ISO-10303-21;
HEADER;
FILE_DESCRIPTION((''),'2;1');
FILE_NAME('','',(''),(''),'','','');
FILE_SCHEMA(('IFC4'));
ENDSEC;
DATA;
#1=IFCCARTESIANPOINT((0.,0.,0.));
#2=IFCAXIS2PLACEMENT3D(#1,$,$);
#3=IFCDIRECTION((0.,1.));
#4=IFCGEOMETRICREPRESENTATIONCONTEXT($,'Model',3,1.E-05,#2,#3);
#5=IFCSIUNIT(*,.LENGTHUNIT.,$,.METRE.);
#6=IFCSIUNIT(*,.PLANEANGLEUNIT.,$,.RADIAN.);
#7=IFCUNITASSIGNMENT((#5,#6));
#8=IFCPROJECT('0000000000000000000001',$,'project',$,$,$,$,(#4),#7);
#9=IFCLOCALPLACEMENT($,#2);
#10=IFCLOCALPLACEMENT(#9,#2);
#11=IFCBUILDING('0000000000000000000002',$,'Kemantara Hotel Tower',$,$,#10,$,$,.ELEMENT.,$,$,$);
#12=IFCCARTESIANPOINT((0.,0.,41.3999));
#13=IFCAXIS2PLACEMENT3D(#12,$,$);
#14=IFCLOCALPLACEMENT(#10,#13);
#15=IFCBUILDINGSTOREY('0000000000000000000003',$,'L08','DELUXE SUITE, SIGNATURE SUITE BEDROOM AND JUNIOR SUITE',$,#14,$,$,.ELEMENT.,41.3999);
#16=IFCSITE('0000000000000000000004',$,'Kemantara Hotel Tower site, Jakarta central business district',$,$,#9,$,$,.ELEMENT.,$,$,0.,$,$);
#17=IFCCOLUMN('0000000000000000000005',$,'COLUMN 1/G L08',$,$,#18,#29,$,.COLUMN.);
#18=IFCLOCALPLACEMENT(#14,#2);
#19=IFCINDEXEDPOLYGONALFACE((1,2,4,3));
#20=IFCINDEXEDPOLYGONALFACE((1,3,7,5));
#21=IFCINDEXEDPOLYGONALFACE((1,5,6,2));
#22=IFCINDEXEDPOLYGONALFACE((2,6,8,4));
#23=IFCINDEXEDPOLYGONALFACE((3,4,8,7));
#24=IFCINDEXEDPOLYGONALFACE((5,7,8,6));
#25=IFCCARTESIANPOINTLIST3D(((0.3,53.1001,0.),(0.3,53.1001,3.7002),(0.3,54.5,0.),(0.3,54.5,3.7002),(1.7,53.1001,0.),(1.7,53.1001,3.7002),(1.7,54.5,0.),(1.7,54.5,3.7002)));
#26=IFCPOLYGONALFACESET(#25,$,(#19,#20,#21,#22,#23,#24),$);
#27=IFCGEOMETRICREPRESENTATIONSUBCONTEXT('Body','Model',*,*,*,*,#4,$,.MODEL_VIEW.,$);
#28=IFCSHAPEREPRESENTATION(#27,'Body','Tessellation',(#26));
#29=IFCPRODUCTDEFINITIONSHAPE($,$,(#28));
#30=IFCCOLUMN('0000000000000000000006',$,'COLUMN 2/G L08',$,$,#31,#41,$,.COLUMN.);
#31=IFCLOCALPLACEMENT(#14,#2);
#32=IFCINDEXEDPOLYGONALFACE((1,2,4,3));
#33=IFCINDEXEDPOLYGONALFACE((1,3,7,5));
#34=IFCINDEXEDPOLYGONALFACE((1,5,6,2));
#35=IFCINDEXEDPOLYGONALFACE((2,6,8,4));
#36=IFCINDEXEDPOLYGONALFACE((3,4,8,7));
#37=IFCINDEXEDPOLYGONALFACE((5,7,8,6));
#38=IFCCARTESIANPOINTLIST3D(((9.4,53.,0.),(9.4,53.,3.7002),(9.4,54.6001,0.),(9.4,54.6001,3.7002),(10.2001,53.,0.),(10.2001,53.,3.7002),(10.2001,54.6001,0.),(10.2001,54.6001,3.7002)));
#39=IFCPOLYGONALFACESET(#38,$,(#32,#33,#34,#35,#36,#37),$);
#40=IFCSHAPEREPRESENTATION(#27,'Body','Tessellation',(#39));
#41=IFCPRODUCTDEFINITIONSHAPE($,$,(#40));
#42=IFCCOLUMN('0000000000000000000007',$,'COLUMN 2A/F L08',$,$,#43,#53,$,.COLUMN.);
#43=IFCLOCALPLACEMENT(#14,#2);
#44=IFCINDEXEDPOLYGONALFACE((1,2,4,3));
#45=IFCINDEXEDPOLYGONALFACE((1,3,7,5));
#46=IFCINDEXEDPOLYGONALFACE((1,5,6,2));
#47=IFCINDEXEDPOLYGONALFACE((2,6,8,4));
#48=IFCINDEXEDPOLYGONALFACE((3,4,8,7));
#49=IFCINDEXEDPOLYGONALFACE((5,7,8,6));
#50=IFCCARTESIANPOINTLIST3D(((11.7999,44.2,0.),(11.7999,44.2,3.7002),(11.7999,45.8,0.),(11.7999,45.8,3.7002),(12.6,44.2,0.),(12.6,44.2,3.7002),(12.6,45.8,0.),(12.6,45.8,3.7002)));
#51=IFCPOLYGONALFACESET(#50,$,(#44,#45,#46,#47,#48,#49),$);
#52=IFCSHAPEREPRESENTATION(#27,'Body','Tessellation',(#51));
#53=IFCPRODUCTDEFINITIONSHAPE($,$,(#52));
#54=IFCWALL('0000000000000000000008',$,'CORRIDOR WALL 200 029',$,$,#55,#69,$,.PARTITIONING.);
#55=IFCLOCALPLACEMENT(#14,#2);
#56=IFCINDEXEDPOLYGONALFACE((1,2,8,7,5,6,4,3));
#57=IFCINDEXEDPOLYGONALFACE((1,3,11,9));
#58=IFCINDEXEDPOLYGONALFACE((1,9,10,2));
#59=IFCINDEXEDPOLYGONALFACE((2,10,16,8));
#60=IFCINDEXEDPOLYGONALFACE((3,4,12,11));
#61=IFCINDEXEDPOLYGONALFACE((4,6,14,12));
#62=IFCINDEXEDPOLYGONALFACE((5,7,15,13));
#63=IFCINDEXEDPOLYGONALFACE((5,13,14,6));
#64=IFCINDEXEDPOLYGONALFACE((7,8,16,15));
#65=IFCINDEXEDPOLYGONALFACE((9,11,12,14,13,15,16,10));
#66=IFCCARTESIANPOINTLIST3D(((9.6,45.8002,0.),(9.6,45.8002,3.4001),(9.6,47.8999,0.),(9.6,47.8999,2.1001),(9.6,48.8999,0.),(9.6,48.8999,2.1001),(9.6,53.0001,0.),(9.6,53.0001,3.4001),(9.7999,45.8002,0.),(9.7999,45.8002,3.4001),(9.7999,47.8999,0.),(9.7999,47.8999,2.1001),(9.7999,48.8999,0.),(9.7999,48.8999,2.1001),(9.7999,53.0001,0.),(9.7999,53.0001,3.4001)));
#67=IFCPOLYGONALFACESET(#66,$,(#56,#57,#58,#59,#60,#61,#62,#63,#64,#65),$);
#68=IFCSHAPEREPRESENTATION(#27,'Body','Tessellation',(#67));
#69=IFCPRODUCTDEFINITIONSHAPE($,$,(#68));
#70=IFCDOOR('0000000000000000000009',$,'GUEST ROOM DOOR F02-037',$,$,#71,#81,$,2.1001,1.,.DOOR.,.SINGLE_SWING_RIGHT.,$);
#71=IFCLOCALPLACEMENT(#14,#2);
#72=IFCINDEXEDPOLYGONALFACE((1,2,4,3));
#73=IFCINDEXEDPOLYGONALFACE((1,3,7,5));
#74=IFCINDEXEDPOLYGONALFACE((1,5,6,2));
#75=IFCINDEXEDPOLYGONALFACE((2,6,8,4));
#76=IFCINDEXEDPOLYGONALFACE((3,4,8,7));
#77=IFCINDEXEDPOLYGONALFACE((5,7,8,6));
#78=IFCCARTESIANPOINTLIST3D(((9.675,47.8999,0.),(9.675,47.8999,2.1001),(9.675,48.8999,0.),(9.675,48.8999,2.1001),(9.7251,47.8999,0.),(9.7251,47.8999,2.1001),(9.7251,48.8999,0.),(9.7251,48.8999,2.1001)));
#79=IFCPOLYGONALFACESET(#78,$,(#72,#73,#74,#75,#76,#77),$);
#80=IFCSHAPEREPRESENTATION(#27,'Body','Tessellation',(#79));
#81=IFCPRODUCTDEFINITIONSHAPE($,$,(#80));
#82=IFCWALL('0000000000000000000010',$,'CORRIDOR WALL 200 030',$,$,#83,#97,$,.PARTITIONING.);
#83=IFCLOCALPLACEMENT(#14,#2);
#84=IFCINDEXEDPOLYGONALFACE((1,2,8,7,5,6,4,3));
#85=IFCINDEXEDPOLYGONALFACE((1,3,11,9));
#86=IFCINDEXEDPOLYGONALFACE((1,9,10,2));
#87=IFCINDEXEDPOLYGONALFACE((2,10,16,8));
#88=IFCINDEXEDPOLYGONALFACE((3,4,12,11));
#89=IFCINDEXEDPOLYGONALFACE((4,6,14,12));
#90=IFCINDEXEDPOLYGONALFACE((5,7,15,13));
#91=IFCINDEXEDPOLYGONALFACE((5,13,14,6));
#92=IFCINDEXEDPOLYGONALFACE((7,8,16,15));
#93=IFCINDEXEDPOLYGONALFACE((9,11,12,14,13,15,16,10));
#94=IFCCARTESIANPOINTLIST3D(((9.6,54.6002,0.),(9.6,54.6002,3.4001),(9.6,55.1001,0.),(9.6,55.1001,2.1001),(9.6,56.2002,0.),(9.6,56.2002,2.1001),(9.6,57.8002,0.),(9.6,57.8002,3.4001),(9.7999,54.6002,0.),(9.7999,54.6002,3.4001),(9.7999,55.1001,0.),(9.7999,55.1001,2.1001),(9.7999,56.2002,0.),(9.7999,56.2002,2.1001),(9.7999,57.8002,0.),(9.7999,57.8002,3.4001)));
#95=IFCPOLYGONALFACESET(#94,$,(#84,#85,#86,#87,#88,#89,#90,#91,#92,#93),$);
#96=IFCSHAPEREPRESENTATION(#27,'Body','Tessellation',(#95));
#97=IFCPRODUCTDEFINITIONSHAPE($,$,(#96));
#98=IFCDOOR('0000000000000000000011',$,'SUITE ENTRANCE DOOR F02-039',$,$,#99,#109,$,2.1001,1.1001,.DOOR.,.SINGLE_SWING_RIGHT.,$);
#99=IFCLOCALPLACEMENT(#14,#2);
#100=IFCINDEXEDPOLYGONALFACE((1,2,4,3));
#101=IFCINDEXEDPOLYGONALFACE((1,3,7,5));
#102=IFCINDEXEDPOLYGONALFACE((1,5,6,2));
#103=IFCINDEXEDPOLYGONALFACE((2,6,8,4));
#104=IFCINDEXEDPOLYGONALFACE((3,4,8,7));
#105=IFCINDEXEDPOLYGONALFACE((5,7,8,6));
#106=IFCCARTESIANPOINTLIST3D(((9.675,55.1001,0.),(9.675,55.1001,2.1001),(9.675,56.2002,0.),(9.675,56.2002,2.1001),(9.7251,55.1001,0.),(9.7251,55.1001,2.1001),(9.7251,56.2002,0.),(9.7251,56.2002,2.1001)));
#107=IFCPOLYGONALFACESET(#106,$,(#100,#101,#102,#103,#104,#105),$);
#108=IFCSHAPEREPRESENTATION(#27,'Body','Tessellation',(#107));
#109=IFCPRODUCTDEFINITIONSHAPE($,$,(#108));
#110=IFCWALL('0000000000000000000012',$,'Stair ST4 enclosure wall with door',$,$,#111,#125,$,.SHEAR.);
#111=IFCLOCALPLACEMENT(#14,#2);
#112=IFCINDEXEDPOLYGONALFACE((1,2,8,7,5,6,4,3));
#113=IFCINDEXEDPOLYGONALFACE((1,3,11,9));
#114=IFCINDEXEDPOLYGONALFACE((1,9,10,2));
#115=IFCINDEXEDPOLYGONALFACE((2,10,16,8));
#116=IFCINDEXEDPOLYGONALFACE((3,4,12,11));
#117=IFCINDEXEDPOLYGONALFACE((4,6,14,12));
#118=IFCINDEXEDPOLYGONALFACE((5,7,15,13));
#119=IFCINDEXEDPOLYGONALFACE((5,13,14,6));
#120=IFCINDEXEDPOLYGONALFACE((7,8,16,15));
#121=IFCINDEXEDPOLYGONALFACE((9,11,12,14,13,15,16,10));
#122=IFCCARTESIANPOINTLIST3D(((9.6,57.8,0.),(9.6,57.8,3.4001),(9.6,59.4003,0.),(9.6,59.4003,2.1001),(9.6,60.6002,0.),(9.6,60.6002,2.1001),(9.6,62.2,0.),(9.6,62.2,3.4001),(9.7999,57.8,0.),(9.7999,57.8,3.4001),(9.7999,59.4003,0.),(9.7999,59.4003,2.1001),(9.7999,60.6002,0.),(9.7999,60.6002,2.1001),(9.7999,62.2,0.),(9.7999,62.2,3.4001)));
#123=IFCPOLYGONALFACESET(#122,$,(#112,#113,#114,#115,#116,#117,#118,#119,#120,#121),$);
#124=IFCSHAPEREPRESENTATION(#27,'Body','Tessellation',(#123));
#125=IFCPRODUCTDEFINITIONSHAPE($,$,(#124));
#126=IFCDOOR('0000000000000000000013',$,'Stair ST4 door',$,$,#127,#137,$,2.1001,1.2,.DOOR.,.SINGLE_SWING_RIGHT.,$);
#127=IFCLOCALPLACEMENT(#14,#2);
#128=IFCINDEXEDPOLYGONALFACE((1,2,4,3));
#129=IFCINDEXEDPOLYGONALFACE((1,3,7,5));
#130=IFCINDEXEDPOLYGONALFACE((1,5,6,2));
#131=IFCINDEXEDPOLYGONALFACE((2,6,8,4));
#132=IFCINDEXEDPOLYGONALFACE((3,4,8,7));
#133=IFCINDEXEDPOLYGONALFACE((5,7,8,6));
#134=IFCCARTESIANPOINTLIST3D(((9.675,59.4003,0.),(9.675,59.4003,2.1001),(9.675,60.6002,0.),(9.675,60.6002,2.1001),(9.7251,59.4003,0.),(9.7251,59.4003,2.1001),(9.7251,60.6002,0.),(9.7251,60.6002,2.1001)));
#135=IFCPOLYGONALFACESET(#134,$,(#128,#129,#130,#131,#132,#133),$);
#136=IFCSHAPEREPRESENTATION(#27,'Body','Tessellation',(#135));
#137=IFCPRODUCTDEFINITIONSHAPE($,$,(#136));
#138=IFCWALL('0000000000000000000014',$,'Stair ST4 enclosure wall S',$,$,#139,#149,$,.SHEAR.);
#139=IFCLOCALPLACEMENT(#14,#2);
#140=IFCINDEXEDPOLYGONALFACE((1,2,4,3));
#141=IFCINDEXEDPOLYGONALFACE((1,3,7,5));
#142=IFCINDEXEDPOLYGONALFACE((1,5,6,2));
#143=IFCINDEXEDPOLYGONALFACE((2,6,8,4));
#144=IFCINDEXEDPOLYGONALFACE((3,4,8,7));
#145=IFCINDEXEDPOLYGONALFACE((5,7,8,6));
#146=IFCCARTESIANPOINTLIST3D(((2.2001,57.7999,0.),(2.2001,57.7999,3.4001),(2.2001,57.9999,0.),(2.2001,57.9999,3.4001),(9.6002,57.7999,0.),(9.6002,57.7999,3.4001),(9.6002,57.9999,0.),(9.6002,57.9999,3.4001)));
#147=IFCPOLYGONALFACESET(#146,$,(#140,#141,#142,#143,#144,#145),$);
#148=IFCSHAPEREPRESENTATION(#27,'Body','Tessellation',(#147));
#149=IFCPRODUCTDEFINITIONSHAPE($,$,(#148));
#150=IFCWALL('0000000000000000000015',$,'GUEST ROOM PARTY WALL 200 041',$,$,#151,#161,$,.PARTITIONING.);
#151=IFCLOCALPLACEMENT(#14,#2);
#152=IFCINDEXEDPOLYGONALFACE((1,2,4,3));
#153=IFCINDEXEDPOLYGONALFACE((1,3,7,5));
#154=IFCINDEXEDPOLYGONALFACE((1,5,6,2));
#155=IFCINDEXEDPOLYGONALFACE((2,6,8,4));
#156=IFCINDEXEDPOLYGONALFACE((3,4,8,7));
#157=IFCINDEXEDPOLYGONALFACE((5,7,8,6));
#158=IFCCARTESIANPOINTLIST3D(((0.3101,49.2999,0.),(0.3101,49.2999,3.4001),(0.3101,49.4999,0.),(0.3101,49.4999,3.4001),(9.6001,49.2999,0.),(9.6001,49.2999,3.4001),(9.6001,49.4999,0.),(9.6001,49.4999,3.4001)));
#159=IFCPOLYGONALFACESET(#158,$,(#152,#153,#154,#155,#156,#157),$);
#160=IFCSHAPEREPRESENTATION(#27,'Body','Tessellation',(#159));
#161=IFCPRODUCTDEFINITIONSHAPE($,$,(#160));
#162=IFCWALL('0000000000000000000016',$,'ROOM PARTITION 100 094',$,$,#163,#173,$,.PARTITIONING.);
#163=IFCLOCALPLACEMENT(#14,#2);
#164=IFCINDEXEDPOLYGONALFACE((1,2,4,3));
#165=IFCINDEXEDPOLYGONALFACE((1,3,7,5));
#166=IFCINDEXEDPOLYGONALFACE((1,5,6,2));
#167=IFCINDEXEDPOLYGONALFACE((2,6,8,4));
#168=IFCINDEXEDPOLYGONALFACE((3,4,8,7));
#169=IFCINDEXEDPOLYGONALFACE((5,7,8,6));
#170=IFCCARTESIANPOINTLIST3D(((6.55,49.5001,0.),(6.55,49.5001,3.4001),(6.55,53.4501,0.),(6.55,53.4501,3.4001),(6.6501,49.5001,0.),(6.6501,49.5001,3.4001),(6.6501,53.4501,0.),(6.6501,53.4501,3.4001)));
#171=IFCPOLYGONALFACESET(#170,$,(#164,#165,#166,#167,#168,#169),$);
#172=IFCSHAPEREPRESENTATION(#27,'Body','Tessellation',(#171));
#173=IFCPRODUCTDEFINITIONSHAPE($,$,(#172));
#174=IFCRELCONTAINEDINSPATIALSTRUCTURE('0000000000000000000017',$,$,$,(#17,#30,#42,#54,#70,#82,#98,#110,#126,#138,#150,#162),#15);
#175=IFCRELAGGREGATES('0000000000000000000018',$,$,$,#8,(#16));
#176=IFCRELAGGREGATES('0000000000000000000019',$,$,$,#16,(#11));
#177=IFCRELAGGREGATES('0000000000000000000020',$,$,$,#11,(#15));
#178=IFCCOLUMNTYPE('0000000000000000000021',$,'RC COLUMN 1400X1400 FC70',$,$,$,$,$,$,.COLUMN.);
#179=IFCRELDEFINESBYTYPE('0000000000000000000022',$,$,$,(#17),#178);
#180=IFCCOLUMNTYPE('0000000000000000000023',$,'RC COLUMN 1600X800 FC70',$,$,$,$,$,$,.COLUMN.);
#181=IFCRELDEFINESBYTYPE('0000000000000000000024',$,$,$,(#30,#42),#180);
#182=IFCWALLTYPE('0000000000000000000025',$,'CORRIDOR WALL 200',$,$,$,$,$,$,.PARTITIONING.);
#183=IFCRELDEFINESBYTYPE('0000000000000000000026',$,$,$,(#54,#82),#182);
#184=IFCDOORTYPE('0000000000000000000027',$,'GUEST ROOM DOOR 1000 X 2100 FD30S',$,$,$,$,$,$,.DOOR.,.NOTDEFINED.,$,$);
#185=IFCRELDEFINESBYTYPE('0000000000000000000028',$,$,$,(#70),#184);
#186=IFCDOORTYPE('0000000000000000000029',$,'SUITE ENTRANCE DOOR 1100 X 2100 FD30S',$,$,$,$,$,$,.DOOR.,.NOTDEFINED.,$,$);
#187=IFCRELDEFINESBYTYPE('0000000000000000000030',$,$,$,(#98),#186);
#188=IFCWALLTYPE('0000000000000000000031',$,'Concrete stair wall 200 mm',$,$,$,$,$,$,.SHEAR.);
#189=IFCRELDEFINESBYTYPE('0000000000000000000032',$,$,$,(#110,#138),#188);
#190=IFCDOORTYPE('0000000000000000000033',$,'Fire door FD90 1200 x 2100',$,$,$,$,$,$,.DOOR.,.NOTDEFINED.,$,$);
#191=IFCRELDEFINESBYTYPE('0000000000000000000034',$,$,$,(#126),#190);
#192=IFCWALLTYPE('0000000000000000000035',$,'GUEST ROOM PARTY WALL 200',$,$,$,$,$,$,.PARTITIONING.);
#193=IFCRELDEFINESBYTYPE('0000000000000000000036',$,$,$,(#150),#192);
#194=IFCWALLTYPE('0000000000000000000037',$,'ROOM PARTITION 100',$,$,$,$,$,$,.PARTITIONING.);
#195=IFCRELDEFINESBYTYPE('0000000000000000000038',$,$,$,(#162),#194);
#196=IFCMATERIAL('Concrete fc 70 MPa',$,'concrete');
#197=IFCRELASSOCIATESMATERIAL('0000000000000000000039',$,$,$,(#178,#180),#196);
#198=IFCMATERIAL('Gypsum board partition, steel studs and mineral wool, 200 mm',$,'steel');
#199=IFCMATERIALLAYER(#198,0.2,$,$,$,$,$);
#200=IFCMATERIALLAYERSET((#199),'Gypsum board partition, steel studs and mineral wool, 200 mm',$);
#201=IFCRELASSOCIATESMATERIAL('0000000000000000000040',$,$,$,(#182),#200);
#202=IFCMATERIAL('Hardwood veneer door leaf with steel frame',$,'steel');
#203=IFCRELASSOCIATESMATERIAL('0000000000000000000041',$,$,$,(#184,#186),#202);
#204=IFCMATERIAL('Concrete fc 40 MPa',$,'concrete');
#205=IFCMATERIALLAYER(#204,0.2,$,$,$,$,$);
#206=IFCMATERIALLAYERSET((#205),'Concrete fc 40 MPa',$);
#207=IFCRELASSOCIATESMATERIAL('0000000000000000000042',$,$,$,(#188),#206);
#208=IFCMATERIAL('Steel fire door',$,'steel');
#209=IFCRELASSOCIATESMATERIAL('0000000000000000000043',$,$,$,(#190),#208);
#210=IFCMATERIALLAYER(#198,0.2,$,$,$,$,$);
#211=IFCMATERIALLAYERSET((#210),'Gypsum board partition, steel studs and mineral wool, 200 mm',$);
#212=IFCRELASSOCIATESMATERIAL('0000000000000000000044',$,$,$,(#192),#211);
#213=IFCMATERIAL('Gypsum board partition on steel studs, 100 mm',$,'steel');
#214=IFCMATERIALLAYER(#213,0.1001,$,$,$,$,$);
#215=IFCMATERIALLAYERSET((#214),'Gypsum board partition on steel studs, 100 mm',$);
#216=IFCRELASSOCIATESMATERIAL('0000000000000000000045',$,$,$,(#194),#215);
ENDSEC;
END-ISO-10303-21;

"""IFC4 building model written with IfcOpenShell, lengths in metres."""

from ifc_helpers import new_model, si_unit, direction, frame, frame_2d, origin, origin_2d, place, context, subcontext, project, spatial, rectangle, extrude, material, layer, layer_set, material_profile, profile_set, type_object, element, fill, save


model = new_model("IFC4")

# Units and contexts
model_context = context("Model", 3, precision=1e-05, world=origin(), true_north=direction((0.0, 1.0)))
body_context = subcontext(model_context, "Body", "Model", "MODEL_VIEW")
ifc_project = project(units=[si_unit("LENGTHUNIT", "METRE"), si_unit("PLANEANGLEUNIT", "RADIAN")], contexts=[model_context])

# Site, building, storey
site_placement = place(None, origin())
site = spatial("IfcSite", under=ifc_project, at=site_placement, Name="Kemantara Hotel Tower site, Jakarta central business district", CompositionType="ELEMENT", RefElevation=0.0)
building_placement = place(site_placement, origin())
building = spatial("IfcBuilding", under=site, at=building_placement, Name="Kemantara Hotel Tower", CompositionType="ELEMENT")
storey_placement = place(building_placement, frame((0.0, 0.0, 41.3999)))
storey = spatial("IfcBuildingStorey", under=building, at=storey_placement, Name="L08", Description="DELUXE SUITE, SIGNATURE SUITE BEDROOM AND JUNIOR SUITE", CompositionType="ELEMENT", Elevation=41.3999)

# Columns
ifc_material_1 = material(Name="Concrete fc 70 MPa", Category="concrete")
ifc_material_profile_1 = material_profile(ifc_material_1, rectangle(XDim=1.3999, YDim=1.3999, at=origin_2d()), Name="RC 1400X1400")
ifc_profile_set_1 = profile_set([ifc_material_profile_1], Name="Concrete fc 70 MPa")
column_type_1 = type_object("IfcColumnType", Name="RC COLUMN 1400X1400 FC70", PredefinedType="COLUMN", material=ifc_profile_set_1)
column_placement = place(storey_placement, frame((1.0, 53.8, 0.0), z_axis=(0.0, 0.0, 1.0), x_axis=(1.0, 0.0, 0.0)))
element("IfcColumn", 1, at=column_placement, inside=storey, type_object=column_type_1, Name="COLUMN 1/G L08", PredefinedType="COLUMN", context=body_context, shape_type="SweptSolid", body=[
    extrude(rectangle(XDim=1.3999, YDim=1.3999, at=origin_2d()), origin(), (0.0, 0.0, 1.0), 3.7002),
])
ifc_material_profile_2 = material_profile(ifc_material_1, rectangle(XDim=1.6001, YDim=0.8, at=origin_2d()), Name="RC 1600X800")
ifc_profile_set_2 = profile_set([ifc_material_profile_2], Name="Concrete fc 70 MPa")
column_type_2 = type_object("IfcColumnType", Name="RC COLUMN 1600X800 FC70", PredefinedType="COLUMN", material=ifc_profile_set_2)
for number, where, z_axis, x_axis, name in (
    (2, (9.8, 53.8, 0.0), (0.0, 0.0, 1.0), (0.0, 1.0, 0.0), "COLUMN 2/G L08"),
    (3, (12.2, 45.0, 0.0), (0.0, 0.0, 1.0), (0.0, 1.0, 0.0), "COLUMN 2A/F L08"),
):
    element("IfcColumn", number, at=place(storey_placement, frame(where, z_axis=z_axis, x_axis=x_axis)), inside=storey, type_object=column_type_2, Name=name, PredefinedType="COLUMN", context=body_context, shape_type="SweptSolid", body=[
        extrude(rectangle(XDim=1.6001, YDim=0.8, at=origin_2d()), origin(), (0.0, 0.0, 1.0), 3.7002),
    ])

# Walls, openings, doors
ifc_material_2 = material(Name="Gypsum board partition, steel studs and mineral wool, 200 mm", Category="steel")
ifc_layer_1 = layer(ifc_material_2, 0.2)
ifc_layer_set_1 = layer_set([ifc_layer_1], Name="Gypsum board partition, steel studs and mineral wool, 200 mm")
wall_type_1 = type_object("IfcWallType", Name="CORRIDOR WALL 200", PredefinedType="PARTITIONING", material=ifc_layer_set_1)
wall_1_placement = place(storey_placement, frame((9.7, 45.8, 0.0), z_axis=(0.0, 0.0, 1.0), x_axis=(0.0, 1.0, 0.0)))
wall_1 = element("IfcWall", 4, at=wall_1_placement, inside=storey, type_object=wall_type_1, Name="CORRIDOR WALL 200 029", PredefinedType="PARTITIONING", context=body_context, shape_type="SweptSolid", body=[
    extrude(rectangle(XDim=7.2, YDim=0.2, at=frame_2d((3.6001, 0.0))), origin(), (0.0, 0.0, 1.0), 3.4001),
])
opening_1_placement = place(wall_1_placement, frame((2.0999, 0.0, 0.0)))
opening_1 = element("IfcOpeningElement", 5, at=opening_1_placement, cuts=wall_1, PredefinedType="OPENING", context=body_context, shape_type="SweptSolid", body=[
    extrude(rectangle(XDim=1.0, YDim=2.1001, at=frame_2d((0.5, 1.05))), frame((0.0, 0.1099, 0.0), z_axis=(0.0, -1.0, 0.0), x_axis=(1.0, 0.0, 0.0)), (0.0, 0.0, 1.0), 0.22),
])
ifc_material_3 = material(Name="Hardwood veneer door leaf with steel frame", Category="steel")
door_type_1 = type_object("IfcDoorType", Name="GUEST ROOM DOOR 1000 X 2100 FD30S", OperationType="NOTDEFINED", PredefinedType="DOOR", material=ifc_material_3)
door_1_placement = place(opening_1_placement, origin())
door_1 = element("IfcDoor", 6, at=door_1_placement, inside=storey, type_object=door_type_1, Name="GUEST ROOM DOOR F02-037", OperationType="SINGLE_SWING_RIGHT", OverallHeight=2.1001, OverallWidth=1.0, PredefinedType="DOOR", context=body_context, shape_type="SweptSolid", body=[
    extrude(rectangle(XDim=1.0, YDim=2.1001, at=frame_2d((0.5, 1.05))), frame((0.0, 0.0249, 0.0), z_axis=(0.0, -1.0, 0.0), x_axis=(1.0, 0.0, 0.0)), (0.0, 0.0, 1.0), 0.05),
])
fill(opening_1, door_1)
wall_2_placement = place(storey_placement, frame((9.7, 54.6001, 0.0), z_axis=(0.0, 0.0, 1.0), x_axis=(0.0, 1.0, 0.0)))
wall_2 = element("IfcWall", 7, at=wall_2_placement, inside=storey, type_object=wall_type_1, Name="CORRIDOR WALL 200 030", PredefinedType="PARTITIONING", context=body_context, shape_type="SweptSolid", body=[
    extrude(rectangle(XDim=3.2, YDim=0.2, at=frame_2d((1.6001, 0.0))), origin(), (0.0, 0.0, 1.0), 3.4001),
])
opening_2_placement = place(wall_2_placement, frame((0.5, 0.0, 0.0)))
opening_2 = element("IfcOpeningElement", 8, at=opening_2_placement, cuts=wall_2, PredefinedType="OPENING", context=body_context, shape_type="SweptSolid", body=[
    extrude(rectangle(XDim=1.1001, YDim=2.1001, at=frame_2d((0.55, 1.05))), frame((0.0, 0.1099, 0.0), z_axis=(0.0, -1.0, 0.0), x_axis=(1.0, 0.0, 0.0)), (0.0, 0.0, 1.0), 0.22),
])
door_type_2 = type_object("IfcDoorType", Name="SUITE ENTRANCE DOOR 1100 X 2100 FD30S", OperationType="NOTDEFINED", PredefinedType="DOOR", material=ifc_material_3)
door_2_placement = place(opening_2_placement, origin())
door_2 = element("IfcDoor", 9, at=door_2_placement, inside=storey, type_object=door_type_2, Name="SUITE ENTRANCE DOOR F02-039", OperationType="SINGLE_SWING_RIGHT", OverallHeight=2.1001, OverallWidth=1.1001, PredefinedType="DOOR", context=body_context, shape_type="SweptSolid", body=[
    extrude(rectangle(XDim=1.1001, YDim=2.1001, at=frame_2d((0.55, 1.05))), frame((0.0, 0.0249, 0.0), z_axis=(0.0, -1.0, 0.0), x_axis=(1.0, 0.0, 0.0)), (0.0, 0.0, 1.0), 0.05),
])
fill(opening_2, door_2)
ifc_material_4 = material(Name="Concrete fc 40 MPa", Category="concrete")
ifc_layer_2 = layer(ifc_material_4, 0.2)
ifc_layer_set_2 = layer_set([ifc_layer_2], Name="Concrete fc 40 MPa")
wall_type_2 = type_object("IfcWallType", Name="Concrete stair wall 200 mm", PredefinedType="SHEAR", material=ifc_layer_set_2)
wall_3_placement = place(storey_placement, frame((9.7, 57.8, 0.0), z_axis=(0.0, 0.0, 1.0), x_axis=(0.0, 1.0, 0.0)))
wall_3 = element("IfcWall", 10, at=wall_3_placement, inside=storey, type_object=wall_type_2, Name="Stair ST4 enclosure wall with door", PredefinedType="SHEAR", context=body_context, shape_type="SweptSolid", body=[
    extrude(rectangle(XDim=4.3999, YDim=0.2, at=frame_2d((2.2, 0.0))), origin(), (0.0, 0.0, 1.0), 3.4001),
])
opening_3_placement = place(wall_3_placement, frame((1.6001, 0.0, 0.0)))
opening_3 = element("IfcOpeningElement", 11, at=opening_3_placement, cuts=wall_3, PredefinedType="OPENING", context=body_context, shape_type="SweptSolid", body=[
    extrude(rectangle(XDim=1.2, YDim=2.1001, at=frame_2d((0.6001, 1.05))), frame((0.0, 0.1099, 0.0), z_axis=(0.0, -1.0, 0.0), x_axis=(1.0, 0.0, 0.0)), (0.0, 0.0, 1.0), 0.22),
])
ifc_material_5 = material(Name="Steel fire door", Category="steel")
door_type_3 = type_object("IfcDoorType", Name="Fire door FD90 1200 x 2100", OperationType="NOTDEFINED", PredefinedType="DOOR", material=ifc_material_5)
door_3_placement = place(opening_3_placement, origin())
door_3 = element("IfcDoor", 12, at=door_3_placement, inside=storey, type_object=door_type_3, Name="Stair ST4 door", OperationType="SINGLE_SWING_RIGHT", OverallHeight=2.1001, OverallWidth=1.2, PredefinedType="DOOR", context=body_context, shape_type="SweptSolid", body=[
    extrude(rectangle(XDim=1.2, YDim=2.1001, at=frame_2d((0.6001, 1.05))), frame((0.0, 0.0249, 0.0), z_axis=(0.0, -1.0, 0.0), x_axis=(1.0, 0.0, 0.0)), (0.0, 0.0, 1.0), 0.05),
])
fill(opening_3, door_3)

# Walls
wall_4_placement = place(storey_placement, frame((2.2, 57.8999, 0.0), z_axis=(0.0, 0.0, 1.0), x_axis=(1.0, 0.0, 0.0)))
element("IfcWall", 13, at=wall_4_placement, inside=storey, type_object=wall_type_2, Name="Stair ST4 enclosure wall S", PredefinedType="SHEAR", context=body_context, shape_type="SweptSolid", body=[
    extrude(rectangle(XDim=7.4001, YDim=0.2, at=frame_2d((3.7002, 0.0))), origin(), (0.0, 0.0, 1.0), 3.4001),
])
ifc_layer_3 = layer(ifc_material_2, 0.2)
ifc_layer_set_3 = layer_set([ifc_layer_3], Name="Gypsum board partition, steel studs and mineral wool, 200 mm")
wall_type_3 = type_object("IfcWallType", Name="GUEST ROOM PARTY WALL 200", PredefinedType="PARTITIONING", material=ifc_layer_set_3)
wall_5_placement = place(storey_placement, frame((0.3101, 49.3999, 0.0), z_axis=(0.0, 0.0, 1.0), x_axis=(1.0, 0.0, 0.0)))
element("IfcWall", 14, at=wall_5_placement, inside=storey, type_object=wall_type_3, Name="GUEST ROOM PARTY WALL 200 041", PredefinedType="PARTITIONING", context=body_context, shape_type="SweptSolid", body=[
    extrude(rectangle(XDim=9.29, YDim=0.2, at=frame_2d((4.645, 0.0))), origin(), (0.0, 0.0, 1.0), 3.4001),
])
ifc_material_6 = material(Name="Gypsum board partition on steel studs, 100 mm", Category="steel")
ifc_layer_4 = layer(ifc_material_6, 0.1001)
ifc_layer_set_4 = layer_set([ifc_layer_4], Name="Gypsum board partition on steel studs, 100 mm")
wall_type_4 = type_object("IfcWallType", Name="ROOM PARTITION 100", PredefinedType="PARTITIONING", material=ifc_layer_set_4)
wall_6_placement = place(storey_placement, frame((6.6001, 49.5, 0.0), z_axis=(0.0, 0.0, 1.0), x_axis=(0.0, 1.0, 0.0)))
element("IfcWall", 15, at=wall_6_placement, inside=storey, type_object=wall_type_4, Name="ROOM PARTITION 100 094", PredefinedType="PARTITIONING", context=body_context, shape_type="SweptSolid", body=[
    extrude(rectangle(XDim=3.95, YDim=0.1001, at=frame_2d((1.9751, 0.0))), origin(), (0.0, 0.0, 1.0), 3.4001),
])

save(model, "model.ifc")
